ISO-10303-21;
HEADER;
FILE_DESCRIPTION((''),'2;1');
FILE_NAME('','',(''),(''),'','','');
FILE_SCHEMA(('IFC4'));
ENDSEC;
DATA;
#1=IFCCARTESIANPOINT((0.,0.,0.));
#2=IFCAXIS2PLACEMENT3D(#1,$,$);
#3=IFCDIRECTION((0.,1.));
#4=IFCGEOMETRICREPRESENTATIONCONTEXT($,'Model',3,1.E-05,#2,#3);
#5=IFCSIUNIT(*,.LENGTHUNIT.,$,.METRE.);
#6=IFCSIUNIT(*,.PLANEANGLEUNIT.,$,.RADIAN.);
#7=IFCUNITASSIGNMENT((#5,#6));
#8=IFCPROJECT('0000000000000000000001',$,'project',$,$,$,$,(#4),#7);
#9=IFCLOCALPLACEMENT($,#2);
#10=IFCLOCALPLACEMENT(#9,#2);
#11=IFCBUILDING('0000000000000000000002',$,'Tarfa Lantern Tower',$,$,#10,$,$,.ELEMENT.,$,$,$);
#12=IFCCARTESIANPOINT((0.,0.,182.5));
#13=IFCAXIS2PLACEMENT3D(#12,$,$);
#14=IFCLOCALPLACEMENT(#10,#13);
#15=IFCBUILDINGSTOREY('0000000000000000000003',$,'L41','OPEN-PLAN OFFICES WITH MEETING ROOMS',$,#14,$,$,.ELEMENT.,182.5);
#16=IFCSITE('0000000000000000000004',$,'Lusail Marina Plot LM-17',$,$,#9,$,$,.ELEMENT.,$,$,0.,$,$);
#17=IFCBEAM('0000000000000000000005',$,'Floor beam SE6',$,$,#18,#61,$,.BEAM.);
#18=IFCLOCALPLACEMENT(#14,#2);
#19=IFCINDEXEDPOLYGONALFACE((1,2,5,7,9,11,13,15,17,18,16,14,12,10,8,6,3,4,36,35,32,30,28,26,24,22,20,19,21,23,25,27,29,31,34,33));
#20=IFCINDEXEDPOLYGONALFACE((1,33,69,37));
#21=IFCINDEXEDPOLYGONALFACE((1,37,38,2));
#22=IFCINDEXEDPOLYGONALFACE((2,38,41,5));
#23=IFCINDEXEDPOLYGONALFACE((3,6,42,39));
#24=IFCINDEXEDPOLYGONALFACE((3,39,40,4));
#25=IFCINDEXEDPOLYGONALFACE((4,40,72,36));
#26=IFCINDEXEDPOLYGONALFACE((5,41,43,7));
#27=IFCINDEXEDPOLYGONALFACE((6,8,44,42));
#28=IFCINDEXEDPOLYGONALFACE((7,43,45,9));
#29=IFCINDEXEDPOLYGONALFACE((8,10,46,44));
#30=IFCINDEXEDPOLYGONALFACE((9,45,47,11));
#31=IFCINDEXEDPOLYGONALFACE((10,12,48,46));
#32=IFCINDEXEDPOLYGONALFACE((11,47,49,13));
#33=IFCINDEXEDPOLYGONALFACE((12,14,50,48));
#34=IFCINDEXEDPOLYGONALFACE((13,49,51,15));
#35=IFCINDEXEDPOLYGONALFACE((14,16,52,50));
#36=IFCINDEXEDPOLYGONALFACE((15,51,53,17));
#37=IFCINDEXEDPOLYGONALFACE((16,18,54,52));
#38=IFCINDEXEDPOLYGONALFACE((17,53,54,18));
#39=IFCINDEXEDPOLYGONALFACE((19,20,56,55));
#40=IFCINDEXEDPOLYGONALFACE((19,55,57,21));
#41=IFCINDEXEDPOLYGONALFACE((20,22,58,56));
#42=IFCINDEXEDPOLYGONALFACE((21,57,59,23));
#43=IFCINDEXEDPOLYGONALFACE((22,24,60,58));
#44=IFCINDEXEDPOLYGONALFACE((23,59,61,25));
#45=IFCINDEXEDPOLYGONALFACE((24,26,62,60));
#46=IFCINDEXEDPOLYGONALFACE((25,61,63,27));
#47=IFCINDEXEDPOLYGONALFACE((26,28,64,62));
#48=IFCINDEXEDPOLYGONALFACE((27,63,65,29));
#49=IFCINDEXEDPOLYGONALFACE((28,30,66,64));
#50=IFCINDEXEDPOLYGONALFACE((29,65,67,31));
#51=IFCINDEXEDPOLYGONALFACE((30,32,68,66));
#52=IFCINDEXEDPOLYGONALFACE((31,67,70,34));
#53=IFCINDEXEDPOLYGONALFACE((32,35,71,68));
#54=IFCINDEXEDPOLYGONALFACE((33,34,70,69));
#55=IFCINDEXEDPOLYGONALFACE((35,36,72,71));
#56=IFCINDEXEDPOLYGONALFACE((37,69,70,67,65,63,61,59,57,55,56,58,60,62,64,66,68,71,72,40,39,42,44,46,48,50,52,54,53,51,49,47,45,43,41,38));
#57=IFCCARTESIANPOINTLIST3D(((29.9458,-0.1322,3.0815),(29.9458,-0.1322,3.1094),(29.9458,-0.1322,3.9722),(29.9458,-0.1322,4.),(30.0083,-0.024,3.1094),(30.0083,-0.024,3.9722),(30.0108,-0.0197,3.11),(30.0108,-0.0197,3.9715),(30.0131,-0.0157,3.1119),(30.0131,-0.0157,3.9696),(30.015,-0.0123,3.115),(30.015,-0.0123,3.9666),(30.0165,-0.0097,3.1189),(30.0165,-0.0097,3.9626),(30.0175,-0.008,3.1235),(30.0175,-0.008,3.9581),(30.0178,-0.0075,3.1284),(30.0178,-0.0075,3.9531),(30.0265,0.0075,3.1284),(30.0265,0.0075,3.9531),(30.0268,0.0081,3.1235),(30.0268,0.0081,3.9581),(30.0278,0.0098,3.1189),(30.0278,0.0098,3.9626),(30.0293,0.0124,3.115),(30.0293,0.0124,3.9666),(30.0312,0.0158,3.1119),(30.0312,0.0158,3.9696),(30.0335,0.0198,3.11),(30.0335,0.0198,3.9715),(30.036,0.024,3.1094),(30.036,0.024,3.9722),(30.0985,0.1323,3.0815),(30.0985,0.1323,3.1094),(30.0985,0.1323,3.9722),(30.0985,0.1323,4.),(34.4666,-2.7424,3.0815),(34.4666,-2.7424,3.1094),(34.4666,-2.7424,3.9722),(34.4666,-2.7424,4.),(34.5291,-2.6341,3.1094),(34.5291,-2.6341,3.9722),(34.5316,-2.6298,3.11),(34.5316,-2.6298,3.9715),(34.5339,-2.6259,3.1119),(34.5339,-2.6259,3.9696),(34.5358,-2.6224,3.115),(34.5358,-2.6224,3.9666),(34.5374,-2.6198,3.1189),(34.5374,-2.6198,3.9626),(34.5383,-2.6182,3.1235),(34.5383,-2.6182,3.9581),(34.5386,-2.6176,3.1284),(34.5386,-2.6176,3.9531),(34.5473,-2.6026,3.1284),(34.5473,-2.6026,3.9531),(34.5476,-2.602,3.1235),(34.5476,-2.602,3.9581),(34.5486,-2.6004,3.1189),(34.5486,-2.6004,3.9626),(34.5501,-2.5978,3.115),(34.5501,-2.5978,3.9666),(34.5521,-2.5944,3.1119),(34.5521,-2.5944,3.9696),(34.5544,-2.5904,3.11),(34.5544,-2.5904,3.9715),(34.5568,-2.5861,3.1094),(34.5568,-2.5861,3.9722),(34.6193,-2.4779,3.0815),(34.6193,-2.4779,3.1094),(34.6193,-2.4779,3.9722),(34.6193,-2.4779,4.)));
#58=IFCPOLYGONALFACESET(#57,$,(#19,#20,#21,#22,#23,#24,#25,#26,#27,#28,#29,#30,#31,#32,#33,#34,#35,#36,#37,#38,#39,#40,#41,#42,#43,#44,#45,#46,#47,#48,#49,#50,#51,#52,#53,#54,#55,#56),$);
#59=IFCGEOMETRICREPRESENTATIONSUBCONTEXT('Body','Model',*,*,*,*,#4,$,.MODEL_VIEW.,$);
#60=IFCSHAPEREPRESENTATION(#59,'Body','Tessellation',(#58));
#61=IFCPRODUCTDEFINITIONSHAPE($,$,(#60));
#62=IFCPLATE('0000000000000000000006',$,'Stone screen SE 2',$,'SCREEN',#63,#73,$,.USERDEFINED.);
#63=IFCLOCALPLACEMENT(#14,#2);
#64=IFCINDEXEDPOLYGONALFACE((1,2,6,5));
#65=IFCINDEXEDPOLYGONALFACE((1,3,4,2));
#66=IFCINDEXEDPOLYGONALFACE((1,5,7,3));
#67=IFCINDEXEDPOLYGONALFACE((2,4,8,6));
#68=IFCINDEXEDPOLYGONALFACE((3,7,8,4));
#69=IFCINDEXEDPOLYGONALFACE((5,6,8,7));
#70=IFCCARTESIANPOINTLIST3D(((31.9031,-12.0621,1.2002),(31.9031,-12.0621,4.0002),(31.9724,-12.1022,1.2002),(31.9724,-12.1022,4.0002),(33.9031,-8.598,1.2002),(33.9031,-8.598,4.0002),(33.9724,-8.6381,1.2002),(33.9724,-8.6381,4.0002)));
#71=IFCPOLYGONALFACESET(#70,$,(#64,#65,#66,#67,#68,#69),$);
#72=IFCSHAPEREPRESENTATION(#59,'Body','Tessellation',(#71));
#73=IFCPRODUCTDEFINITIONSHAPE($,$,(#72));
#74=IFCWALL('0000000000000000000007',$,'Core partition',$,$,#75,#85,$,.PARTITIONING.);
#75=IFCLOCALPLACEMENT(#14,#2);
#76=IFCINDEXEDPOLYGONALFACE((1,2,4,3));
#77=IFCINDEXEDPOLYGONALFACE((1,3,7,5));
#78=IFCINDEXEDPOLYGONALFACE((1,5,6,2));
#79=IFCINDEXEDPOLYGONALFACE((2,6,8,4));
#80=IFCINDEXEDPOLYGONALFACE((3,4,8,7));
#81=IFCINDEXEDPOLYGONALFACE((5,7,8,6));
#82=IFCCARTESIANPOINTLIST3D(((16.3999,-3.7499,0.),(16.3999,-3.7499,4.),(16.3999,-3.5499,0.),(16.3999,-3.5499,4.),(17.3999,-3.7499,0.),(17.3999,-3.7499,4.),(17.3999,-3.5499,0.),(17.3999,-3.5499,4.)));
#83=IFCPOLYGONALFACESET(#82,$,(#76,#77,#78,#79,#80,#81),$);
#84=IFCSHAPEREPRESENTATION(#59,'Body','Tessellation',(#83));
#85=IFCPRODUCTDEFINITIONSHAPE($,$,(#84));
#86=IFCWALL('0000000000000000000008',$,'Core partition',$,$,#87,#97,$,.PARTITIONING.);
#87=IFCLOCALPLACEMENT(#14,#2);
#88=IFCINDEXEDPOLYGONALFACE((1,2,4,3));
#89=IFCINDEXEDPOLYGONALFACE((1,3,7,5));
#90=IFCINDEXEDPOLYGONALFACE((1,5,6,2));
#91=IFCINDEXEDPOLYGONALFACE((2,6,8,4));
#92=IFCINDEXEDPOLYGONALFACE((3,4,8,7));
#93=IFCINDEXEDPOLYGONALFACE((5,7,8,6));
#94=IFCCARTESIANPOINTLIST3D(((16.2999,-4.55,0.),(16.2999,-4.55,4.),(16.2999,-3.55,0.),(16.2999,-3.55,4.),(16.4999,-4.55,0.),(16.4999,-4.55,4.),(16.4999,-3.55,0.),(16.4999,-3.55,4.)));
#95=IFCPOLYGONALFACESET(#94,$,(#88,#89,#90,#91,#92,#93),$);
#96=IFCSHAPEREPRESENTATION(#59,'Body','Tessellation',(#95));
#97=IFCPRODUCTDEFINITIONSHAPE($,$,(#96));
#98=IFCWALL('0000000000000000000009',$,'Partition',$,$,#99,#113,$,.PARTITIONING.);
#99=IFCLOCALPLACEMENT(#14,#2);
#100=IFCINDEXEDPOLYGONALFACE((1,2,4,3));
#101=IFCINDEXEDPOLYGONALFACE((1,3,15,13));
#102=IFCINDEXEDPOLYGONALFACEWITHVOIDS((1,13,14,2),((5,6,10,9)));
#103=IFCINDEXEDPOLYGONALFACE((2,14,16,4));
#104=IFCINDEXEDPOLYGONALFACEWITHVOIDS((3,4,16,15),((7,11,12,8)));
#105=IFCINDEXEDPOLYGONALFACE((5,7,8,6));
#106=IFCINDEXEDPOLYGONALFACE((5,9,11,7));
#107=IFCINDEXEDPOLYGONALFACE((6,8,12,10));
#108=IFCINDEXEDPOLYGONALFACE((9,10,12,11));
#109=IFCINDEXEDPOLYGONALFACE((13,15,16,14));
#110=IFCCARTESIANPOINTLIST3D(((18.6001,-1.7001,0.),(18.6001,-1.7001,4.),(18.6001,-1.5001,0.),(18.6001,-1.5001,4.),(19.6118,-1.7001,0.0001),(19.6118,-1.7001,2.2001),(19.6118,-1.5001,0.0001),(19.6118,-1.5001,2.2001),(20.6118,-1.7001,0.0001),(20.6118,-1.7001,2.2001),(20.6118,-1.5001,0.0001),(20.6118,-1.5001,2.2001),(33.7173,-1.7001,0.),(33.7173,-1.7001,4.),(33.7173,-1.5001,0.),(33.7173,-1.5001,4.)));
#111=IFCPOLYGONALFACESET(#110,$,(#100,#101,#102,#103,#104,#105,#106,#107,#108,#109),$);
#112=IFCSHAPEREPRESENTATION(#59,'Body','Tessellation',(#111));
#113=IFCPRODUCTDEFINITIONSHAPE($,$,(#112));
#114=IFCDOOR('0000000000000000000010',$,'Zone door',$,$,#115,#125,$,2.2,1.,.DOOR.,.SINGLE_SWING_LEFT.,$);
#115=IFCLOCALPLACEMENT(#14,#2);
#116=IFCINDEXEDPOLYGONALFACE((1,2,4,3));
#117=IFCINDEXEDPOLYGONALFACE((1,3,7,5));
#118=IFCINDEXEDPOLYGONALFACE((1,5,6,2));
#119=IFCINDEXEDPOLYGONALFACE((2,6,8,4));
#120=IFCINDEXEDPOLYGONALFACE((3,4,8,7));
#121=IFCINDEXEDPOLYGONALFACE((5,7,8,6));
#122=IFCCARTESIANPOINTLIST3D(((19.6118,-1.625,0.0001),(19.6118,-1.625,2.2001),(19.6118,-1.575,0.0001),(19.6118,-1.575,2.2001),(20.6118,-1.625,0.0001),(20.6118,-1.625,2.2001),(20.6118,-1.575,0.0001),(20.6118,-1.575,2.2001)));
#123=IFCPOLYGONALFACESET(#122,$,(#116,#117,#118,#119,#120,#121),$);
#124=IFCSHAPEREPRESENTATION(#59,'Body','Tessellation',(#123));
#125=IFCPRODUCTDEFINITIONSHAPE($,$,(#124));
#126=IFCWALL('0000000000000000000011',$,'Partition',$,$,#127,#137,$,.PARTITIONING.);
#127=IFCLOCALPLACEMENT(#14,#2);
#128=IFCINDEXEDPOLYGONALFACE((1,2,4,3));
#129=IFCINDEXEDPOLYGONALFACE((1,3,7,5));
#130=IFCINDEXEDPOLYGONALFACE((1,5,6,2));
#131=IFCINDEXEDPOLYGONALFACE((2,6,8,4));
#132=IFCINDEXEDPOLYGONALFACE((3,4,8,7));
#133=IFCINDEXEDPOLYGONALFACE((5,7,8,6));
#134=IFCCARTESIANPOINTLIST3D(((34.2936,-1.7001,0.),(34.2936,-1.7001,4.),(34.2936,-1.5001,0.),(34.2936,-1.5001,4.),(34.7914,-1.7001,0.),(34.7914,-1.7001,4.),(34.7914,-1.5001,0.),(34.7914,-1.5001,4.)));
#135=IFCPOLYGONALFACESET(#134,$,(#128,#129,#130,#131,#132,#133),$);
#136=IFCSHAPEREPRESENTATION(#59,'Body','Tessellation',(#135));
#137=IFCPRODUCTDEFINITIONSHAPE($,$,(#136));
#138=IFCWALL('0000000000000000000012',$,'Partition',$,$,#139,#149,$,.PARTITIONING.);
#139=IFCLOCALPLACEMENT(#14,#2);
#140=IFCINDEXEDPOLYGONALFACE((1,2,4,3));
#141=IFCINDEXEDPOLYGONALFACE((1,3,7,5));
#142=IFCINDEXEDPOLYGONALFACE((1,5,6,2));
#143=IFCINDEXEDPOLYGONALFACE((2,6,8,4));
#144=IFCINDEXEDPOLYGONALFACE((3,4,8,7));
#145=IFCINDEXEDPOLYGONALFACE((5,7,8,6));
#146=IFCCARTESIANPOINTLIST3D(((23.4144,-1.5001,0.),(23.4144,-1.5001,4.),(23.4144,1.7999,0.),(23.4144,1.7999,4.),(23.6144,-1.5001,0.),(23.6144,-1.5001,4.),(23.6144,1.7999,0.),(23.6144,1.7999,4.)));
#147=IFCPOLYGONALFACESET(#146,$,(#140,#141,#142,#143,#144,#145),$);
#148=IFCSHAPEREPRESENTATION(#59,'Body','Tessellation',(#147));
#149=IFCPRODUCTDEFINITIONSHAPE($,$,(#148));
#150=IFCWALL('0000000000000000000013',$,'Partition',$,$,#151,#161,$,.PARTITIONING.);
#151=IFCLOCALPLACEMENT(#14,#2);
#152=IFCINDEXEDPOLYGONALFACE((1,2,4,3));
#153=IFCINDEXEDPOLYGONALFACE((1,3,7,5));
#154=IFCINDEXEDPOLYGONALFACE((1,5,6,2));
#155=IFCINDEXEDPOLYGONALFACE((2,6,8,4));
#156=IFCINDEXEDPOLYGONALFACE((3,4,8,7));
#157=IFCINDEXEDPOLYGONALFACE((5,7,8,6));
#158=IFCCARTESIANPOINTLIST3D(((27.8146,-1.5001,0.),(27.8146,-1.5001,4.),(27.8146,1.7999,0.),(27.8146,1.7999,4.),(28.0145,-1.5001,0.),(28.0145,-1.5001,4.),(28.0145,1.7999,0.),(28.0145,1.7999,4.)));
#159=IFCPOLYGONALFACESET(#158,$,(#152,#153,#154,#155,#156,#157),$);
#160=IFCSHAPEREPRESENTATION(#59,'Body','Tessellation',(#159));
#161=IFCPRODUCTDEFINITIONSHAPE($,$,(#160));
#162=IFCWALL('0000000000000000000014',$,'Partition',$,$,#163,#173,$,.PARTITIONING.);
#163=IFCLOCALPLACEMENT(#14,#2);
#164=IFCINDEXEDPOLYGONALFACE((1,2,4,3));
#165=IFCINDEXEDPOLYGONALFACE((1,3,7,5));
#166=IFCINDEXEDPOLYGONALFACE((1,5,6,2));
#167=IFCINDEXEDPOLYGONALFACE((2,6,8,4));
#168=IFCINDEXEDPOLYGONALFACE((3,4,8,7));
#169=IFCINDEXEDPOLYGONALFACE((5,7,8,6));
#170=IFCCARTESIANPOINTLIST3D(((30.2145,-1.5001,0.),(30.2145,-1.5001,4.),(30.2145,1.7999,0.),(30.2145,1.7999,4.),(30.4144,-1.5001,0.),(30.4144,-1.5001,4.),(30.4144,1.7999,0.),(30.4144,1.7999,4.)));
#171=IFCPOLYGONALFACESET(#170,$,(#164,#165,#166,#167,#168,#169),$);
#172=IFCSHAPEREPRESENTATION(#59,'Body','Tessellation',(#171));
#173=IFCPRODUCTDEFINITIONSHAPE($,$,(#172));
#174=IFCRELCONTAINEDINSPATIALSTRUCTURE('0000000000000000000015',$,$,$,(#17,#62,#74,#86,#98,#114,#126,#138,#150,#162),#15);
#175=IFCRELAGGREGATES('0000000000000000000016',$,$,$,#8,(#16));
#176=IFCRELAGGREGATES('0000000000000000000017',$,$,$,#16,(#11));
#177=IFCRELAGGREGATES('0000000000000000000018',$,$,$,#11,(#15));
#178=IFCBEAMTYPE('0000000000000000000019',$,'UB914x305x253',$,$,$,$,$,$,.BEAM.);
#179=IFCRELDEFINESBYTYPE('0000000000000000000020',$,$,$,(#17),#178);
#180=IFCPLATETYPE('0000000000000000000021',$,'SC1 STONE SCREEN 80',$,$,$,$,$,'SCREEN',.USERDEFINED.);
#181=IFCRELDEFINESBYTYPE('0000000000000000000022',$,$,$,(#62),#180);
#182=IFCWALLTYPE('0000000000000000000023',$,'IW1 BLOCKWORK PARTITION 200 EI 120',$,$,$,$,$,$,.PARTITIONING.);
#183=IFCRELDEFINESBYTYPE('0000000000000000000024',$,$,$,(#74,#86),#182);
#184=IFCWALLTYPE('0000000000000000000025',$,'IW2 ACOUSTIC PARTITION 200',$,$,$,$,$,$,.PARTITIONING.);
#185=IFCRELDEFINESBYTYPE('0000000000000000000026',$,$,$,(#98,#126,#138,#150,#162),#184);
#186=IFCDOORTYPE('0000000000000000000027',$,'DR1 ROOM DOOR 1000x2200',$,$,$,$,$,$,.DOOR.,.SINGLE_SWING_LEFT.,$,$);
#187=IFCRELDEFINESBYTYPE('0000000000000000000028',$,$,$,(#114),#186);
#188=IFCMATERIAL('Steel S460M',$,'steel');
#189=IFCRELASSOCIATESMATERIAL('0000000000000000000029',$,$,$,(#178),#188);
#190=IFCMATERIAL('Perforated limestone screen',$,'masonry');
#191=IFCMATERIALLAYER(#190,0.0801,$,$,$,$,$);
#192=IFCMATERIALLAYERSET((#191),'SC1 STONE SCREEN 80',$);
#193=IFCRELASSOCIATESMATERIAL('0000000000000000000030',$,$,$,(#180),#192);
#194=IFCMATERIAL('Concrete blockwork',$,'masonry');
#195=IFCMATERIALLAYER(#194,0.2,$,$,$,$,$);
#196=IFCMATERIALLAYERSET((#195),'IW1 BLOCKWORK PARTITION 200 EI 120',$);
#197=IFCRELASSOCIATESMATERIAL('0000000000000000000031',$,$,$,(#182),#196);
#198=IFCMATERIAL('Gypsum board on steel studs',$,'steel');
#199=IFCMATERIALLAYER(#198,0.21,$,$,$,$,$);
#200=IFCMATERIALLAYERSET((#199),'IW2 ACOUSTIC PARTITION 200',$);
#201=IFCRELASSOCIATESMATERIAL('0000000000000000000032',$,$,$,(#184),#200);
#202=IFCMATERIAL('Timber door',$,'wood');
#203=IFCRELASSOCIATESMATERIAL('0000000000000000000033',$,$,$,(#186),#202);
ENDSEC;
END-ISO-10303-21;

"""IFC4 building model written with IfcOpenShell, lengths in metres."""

from ifc_helpers import new_model, si_unit, direction, frame, frame_2d, origin, origin_2d, place, context, subcontext, project, spatial, rectangle, i_section, extrude, material, layer, layer_set, material_profile, profile_set, type_object, element, fill, save


model = new_model("IFC4")

# Units and contexts
model_context = context("Model", 3, precision=1e-05, world=origin(), true_north=direction((0.0, 1.0)))
body_context = subcontext(model_context, "Body", "Model", "MODEL_VIEW")
ifc_project = project(units=[si_unit("LENGTHUNIT", "METRE"), si_unit("PLANEANGLEUNIT", "RADIAN")], contexts=[model_context])

# Site, building, storey
site_placement = place(None, origin())
site = spatial("IfcSite", under=ifc_project, at=site_placement, Name="Lusail Marina Plot LM-17", CompositionType="ELEMENT", RefElevation=0.0)
building_placement = place(site_placement, origin())
building = spatial("IfcBuilding", under=site, at=building_placement, Name="Tarfa Lantern Tower", CompositionType="ELEMENT")
storey_placement = place(building_placement, frame((0.0, 0.0, 182.5)))
storey = spatial("IfcBuildingStorey", under=building, at=storey_placement, Name="L41", Description="OPEN-PLAN OFFICES WITH MEETING ROOMS", CompositionType="ELEMENT", Elevation=182.5)

# Beam
ifc_material_1 = material(Name="Steel S460M", Category="steel")
ifc_material_profile_1 = material_profile(ifc_material_1, i_section(OverallWidth=0.3054, OverallDepth=0.9185, WebThickness=0.0173, FlangeThickness=0.0278, FilletRadius=0.019, at=origin_2d()), Name="UB914x305x253")
ifc_profile_set_1 = profile_set([ifc_material_profile_1], Name="Steel S460M")
beam_type_1 = type_object("IfcBeamType", Name="UB914x305x253", PredefinedType="BEAM", material=ifc_profile_set_1)
beam_1_placement = place(storey_placement, frame((34.543, -2.6101, 3.5408), z_axis=(-0.866021, 0.500007, 0.0), x_axis=(-0.500007, -0.866021, 0.0)))
element("IfcBeam", 1, at=beam_1_placement, inside=storey, type_object=beam_type_1, Name="Floor beam SE6", PredefinedType="BEAM", context=body_context, shape_type="SweptSolid", body=[
    extrude(i_section(OverallWidth=0.3054, OverallDepth=0.9185, WebThickness=0.0173, FlangeThickness=0.0278, FilletRadius=0.019, at=origin_2d()), origin(), (0.0, 0.0, 1.0), 5.2202),
])

# Plate
ifc_material_2 = material(Name="Perforated limestone screen", Category="masonry")
ifc_layer_1 = layer(ifc_material_2, 0.0801)
ifc_layer_set_1 = layer_set([ifc_layer_1], Name="SC1 STONE SCREEN 80")
plate_type = type_object("IfcPlateType", Name="SC1 STONE SCREEN 80", ElementType="SCREEN", PredefinedType="USERDEFINED", material=ifc_layer_set_1)
plate_placement = place(storey_placement, frame((32.9377, -10.3501, 1.2002), z_axis=(0.0, 0.0, 1.0), x_axis=(0.5, 0.866025, 0.0)))
element("IfcPlate", 2, at=plate_placement, inside=storey, type_object=plate_type, Name="Stone screen SE 2", ObjectType="SCREEN", PredefinedType="USERDEFINED", context=body_context, shape_type="SweptSolid", body=[
    extrude(rectangle(XDim=4.0, YDim=0.0801, at=origin_2d()), origin(), (0.0, 0.0, 1.0), 2.8),
])

# Walls
ifc_material_3 = material(Name="Concrete blockwork", Category="masonry")
ifc_layer_2 = layer(ifc_material_3, 0.2)
ifc_layer_set_2 = layer_set([ifc_layer_2], Name="IW1 BLOCKWORK PARTITION 200 EI 120")
wall_type_1 = type_object("IfcWallType", Name="IW1 BLOCKWORK PARTITION 200 EI 120", PredefinedType="PARTITIONING", material=ifc_layer_set_2)
for number, where, z_axis, x_axis, name in (
    (3, (17.3999, -3.6499, 0.0), (0.0, 0.0, 1.0), (-1.0, 0.0, 0.0), "Core partition"),
    (4, (16.3999, -3.55, 0.0), (0.0, 0.0, 1.0), (0.0, -1.0, 0.0), "Core partition"),
):
    element("IfcWall", number, at=place(storey_placement, frame(where, z_axis=z_axis, x_axis=x_axis)), inside=storey, type_object=wall_type_1, Name=name, PredefinedType="PARTITIONING", context=body_context, shape_type="SweptSolid", body=[
        extrude(rectangle(XDim=1.0, YDim=0.2, at=frame_2d((0.5, 0.0))), origin(), (0.0, 0.0, 1.0), 4.0),
    ])

# Wall, opening, door
ifc_material_4 = material(Name="Gypsum board on steel studs", Category="steel")
ifc_layer_3 = layer(ifc_material_4, 0.21)
ifc_layer_set_3 = layer_set([ifc_layer_3], Name="IW2 ACOUSTIC PARTITION 200")
wall_type_2 = type_object("IfcWallType", Name="IW2 ACOUSTIC PARTITION 200", PredefinedType="PARTITIONING", material=ifc_layer_set_3)
wall_1_placement = place(storey_placement, frame((18.6001, -1.6001, 0.0), z_axis=(0.0, 0.0, 1.0), x_axis=(1.0, 0.0, 0.0)))
wall_1 = element("IfcWall", 5, at=wall_1_placement, inside=storey, type_object=wall_type_2, Name="Partition", PredefinedType="PARTITIONING", context=body_context, shape_type="SweptSolid", body=[
    extrude(rectangle(XDim=15.1172, YDim=0.2, at=frame_2d((7.5586, 0.0))), origin(), (0.0, 0.0, 1.0), 4.0),
])
opening_1_placement = place(wall_1_placement, frame((1.0117, 0.0, 0.0)))
opening_1 = element("IfcOpeningElement", 6, at=opening_1_placement, cuts=wall_1, PredefinedType="OPENING", context=body_context, shape_type="SweptSolid", body=[
    extrude(rectangle(XDim=1.0, YDim=2.2, at=frame_2d((0.5, 1.1001))), frame((0.0, 0.1099, 0.0), z_axis=(0.0, -1.0, 0.0), x_axis=(1.0, 0.0, 0.0)), (0.0, 0.0, 1.0), 0.22),
])
ifc_material_5 = material(Name="Timber door", Category="wood")
door_type_1 = type_object("IfcDoorType", Name="DR1 ROOM DOOR 1000x2200", OperationType="SINGLE_SWING_LEFT", PredefinedType="DOOR", material=ifc_material_5)
door_1_placement = place(opening_1_placement, frame((1.0, 0.0, 0.0), z_axis=(0.0, 0.0, 1.0), x_axis=(-1.0, 0.0, 0.0)))
door_1 = element("IfcDoor", 7, at=door_1_placement, inside=storey, type_object=door_type_1, Name="Zone door", OperationType="SINGLE_SWING_LEFT", OverallHeight=2.2, OverallWidth=1.0, PredefinedType="DOOR", context=body_context, shape_type="SweptSolid", body=[
    extrude(rectangle(XDim=1.0, YDim=2.2, at=frame_2d((0.5, 1.1001))), frame((0.0, 0.0249, 0.0), z_axis=(0.0, -1.0, 0.0), x_axis=(1.0, 0.0, 0.0)), (0.0, 0.0, 1.0), 0.05),
])
fill(opening_1, door_1)

# Walls
wall_2_placement = place(storey_placement, frame((34.2935, -1.6001, 0.0), z_axis=(0.0, 0.0, 1.0), x_axis=(1.0, 0.0, 0.0)))
element("IfcWall", 8, at=wall_2_placement, inside=storey, type_object=wall_type_2, Name="Partition", PredefinedType="PARTITIONING", context=body_context, shape_type="SweptSolid", body=[
    extrude(rectangle(XDim=0.4978, YDim=0.2, at=frame_2d((0.249, 0.0))), origin(), (0.0, 0.0, 1.0), 4.0),
])
for number, where, z_axis, x_axis, name in (
    (9, (23.5144, -1.5, 0.0), (0.0, 0.0, 1.0), (0.0, 1.0, 0.0), "Partition"),
    (10, (27.9146, -1.5, 0.0), (0.0, 0.0, 1.0), (0.0, 1.0, 0.0), "Partition"),
    (11, (30.3145, -1.5, 0.0), (0.0, 0.0, 1.0), (0.0, 1.0, 0.0), "Partition"),
):
    element("IfcWall", number, at=place(storey_placement, frame(where, z_axis=z_axis, x_axis=x_axis)), inside=storey, type_object=wall_type_2, Name=name, PredefinedType="PARTITIONING", context=body_context, shape_type="SweptSolid", body=[
        extrude(rectangle(XDim=3.3, YDim=0.2, at=frame_2d((1.6499, 0.0))), origin(), (0.0, 0.0, 1.0), 4.0),
    ])

save(model, "model.ifc")
